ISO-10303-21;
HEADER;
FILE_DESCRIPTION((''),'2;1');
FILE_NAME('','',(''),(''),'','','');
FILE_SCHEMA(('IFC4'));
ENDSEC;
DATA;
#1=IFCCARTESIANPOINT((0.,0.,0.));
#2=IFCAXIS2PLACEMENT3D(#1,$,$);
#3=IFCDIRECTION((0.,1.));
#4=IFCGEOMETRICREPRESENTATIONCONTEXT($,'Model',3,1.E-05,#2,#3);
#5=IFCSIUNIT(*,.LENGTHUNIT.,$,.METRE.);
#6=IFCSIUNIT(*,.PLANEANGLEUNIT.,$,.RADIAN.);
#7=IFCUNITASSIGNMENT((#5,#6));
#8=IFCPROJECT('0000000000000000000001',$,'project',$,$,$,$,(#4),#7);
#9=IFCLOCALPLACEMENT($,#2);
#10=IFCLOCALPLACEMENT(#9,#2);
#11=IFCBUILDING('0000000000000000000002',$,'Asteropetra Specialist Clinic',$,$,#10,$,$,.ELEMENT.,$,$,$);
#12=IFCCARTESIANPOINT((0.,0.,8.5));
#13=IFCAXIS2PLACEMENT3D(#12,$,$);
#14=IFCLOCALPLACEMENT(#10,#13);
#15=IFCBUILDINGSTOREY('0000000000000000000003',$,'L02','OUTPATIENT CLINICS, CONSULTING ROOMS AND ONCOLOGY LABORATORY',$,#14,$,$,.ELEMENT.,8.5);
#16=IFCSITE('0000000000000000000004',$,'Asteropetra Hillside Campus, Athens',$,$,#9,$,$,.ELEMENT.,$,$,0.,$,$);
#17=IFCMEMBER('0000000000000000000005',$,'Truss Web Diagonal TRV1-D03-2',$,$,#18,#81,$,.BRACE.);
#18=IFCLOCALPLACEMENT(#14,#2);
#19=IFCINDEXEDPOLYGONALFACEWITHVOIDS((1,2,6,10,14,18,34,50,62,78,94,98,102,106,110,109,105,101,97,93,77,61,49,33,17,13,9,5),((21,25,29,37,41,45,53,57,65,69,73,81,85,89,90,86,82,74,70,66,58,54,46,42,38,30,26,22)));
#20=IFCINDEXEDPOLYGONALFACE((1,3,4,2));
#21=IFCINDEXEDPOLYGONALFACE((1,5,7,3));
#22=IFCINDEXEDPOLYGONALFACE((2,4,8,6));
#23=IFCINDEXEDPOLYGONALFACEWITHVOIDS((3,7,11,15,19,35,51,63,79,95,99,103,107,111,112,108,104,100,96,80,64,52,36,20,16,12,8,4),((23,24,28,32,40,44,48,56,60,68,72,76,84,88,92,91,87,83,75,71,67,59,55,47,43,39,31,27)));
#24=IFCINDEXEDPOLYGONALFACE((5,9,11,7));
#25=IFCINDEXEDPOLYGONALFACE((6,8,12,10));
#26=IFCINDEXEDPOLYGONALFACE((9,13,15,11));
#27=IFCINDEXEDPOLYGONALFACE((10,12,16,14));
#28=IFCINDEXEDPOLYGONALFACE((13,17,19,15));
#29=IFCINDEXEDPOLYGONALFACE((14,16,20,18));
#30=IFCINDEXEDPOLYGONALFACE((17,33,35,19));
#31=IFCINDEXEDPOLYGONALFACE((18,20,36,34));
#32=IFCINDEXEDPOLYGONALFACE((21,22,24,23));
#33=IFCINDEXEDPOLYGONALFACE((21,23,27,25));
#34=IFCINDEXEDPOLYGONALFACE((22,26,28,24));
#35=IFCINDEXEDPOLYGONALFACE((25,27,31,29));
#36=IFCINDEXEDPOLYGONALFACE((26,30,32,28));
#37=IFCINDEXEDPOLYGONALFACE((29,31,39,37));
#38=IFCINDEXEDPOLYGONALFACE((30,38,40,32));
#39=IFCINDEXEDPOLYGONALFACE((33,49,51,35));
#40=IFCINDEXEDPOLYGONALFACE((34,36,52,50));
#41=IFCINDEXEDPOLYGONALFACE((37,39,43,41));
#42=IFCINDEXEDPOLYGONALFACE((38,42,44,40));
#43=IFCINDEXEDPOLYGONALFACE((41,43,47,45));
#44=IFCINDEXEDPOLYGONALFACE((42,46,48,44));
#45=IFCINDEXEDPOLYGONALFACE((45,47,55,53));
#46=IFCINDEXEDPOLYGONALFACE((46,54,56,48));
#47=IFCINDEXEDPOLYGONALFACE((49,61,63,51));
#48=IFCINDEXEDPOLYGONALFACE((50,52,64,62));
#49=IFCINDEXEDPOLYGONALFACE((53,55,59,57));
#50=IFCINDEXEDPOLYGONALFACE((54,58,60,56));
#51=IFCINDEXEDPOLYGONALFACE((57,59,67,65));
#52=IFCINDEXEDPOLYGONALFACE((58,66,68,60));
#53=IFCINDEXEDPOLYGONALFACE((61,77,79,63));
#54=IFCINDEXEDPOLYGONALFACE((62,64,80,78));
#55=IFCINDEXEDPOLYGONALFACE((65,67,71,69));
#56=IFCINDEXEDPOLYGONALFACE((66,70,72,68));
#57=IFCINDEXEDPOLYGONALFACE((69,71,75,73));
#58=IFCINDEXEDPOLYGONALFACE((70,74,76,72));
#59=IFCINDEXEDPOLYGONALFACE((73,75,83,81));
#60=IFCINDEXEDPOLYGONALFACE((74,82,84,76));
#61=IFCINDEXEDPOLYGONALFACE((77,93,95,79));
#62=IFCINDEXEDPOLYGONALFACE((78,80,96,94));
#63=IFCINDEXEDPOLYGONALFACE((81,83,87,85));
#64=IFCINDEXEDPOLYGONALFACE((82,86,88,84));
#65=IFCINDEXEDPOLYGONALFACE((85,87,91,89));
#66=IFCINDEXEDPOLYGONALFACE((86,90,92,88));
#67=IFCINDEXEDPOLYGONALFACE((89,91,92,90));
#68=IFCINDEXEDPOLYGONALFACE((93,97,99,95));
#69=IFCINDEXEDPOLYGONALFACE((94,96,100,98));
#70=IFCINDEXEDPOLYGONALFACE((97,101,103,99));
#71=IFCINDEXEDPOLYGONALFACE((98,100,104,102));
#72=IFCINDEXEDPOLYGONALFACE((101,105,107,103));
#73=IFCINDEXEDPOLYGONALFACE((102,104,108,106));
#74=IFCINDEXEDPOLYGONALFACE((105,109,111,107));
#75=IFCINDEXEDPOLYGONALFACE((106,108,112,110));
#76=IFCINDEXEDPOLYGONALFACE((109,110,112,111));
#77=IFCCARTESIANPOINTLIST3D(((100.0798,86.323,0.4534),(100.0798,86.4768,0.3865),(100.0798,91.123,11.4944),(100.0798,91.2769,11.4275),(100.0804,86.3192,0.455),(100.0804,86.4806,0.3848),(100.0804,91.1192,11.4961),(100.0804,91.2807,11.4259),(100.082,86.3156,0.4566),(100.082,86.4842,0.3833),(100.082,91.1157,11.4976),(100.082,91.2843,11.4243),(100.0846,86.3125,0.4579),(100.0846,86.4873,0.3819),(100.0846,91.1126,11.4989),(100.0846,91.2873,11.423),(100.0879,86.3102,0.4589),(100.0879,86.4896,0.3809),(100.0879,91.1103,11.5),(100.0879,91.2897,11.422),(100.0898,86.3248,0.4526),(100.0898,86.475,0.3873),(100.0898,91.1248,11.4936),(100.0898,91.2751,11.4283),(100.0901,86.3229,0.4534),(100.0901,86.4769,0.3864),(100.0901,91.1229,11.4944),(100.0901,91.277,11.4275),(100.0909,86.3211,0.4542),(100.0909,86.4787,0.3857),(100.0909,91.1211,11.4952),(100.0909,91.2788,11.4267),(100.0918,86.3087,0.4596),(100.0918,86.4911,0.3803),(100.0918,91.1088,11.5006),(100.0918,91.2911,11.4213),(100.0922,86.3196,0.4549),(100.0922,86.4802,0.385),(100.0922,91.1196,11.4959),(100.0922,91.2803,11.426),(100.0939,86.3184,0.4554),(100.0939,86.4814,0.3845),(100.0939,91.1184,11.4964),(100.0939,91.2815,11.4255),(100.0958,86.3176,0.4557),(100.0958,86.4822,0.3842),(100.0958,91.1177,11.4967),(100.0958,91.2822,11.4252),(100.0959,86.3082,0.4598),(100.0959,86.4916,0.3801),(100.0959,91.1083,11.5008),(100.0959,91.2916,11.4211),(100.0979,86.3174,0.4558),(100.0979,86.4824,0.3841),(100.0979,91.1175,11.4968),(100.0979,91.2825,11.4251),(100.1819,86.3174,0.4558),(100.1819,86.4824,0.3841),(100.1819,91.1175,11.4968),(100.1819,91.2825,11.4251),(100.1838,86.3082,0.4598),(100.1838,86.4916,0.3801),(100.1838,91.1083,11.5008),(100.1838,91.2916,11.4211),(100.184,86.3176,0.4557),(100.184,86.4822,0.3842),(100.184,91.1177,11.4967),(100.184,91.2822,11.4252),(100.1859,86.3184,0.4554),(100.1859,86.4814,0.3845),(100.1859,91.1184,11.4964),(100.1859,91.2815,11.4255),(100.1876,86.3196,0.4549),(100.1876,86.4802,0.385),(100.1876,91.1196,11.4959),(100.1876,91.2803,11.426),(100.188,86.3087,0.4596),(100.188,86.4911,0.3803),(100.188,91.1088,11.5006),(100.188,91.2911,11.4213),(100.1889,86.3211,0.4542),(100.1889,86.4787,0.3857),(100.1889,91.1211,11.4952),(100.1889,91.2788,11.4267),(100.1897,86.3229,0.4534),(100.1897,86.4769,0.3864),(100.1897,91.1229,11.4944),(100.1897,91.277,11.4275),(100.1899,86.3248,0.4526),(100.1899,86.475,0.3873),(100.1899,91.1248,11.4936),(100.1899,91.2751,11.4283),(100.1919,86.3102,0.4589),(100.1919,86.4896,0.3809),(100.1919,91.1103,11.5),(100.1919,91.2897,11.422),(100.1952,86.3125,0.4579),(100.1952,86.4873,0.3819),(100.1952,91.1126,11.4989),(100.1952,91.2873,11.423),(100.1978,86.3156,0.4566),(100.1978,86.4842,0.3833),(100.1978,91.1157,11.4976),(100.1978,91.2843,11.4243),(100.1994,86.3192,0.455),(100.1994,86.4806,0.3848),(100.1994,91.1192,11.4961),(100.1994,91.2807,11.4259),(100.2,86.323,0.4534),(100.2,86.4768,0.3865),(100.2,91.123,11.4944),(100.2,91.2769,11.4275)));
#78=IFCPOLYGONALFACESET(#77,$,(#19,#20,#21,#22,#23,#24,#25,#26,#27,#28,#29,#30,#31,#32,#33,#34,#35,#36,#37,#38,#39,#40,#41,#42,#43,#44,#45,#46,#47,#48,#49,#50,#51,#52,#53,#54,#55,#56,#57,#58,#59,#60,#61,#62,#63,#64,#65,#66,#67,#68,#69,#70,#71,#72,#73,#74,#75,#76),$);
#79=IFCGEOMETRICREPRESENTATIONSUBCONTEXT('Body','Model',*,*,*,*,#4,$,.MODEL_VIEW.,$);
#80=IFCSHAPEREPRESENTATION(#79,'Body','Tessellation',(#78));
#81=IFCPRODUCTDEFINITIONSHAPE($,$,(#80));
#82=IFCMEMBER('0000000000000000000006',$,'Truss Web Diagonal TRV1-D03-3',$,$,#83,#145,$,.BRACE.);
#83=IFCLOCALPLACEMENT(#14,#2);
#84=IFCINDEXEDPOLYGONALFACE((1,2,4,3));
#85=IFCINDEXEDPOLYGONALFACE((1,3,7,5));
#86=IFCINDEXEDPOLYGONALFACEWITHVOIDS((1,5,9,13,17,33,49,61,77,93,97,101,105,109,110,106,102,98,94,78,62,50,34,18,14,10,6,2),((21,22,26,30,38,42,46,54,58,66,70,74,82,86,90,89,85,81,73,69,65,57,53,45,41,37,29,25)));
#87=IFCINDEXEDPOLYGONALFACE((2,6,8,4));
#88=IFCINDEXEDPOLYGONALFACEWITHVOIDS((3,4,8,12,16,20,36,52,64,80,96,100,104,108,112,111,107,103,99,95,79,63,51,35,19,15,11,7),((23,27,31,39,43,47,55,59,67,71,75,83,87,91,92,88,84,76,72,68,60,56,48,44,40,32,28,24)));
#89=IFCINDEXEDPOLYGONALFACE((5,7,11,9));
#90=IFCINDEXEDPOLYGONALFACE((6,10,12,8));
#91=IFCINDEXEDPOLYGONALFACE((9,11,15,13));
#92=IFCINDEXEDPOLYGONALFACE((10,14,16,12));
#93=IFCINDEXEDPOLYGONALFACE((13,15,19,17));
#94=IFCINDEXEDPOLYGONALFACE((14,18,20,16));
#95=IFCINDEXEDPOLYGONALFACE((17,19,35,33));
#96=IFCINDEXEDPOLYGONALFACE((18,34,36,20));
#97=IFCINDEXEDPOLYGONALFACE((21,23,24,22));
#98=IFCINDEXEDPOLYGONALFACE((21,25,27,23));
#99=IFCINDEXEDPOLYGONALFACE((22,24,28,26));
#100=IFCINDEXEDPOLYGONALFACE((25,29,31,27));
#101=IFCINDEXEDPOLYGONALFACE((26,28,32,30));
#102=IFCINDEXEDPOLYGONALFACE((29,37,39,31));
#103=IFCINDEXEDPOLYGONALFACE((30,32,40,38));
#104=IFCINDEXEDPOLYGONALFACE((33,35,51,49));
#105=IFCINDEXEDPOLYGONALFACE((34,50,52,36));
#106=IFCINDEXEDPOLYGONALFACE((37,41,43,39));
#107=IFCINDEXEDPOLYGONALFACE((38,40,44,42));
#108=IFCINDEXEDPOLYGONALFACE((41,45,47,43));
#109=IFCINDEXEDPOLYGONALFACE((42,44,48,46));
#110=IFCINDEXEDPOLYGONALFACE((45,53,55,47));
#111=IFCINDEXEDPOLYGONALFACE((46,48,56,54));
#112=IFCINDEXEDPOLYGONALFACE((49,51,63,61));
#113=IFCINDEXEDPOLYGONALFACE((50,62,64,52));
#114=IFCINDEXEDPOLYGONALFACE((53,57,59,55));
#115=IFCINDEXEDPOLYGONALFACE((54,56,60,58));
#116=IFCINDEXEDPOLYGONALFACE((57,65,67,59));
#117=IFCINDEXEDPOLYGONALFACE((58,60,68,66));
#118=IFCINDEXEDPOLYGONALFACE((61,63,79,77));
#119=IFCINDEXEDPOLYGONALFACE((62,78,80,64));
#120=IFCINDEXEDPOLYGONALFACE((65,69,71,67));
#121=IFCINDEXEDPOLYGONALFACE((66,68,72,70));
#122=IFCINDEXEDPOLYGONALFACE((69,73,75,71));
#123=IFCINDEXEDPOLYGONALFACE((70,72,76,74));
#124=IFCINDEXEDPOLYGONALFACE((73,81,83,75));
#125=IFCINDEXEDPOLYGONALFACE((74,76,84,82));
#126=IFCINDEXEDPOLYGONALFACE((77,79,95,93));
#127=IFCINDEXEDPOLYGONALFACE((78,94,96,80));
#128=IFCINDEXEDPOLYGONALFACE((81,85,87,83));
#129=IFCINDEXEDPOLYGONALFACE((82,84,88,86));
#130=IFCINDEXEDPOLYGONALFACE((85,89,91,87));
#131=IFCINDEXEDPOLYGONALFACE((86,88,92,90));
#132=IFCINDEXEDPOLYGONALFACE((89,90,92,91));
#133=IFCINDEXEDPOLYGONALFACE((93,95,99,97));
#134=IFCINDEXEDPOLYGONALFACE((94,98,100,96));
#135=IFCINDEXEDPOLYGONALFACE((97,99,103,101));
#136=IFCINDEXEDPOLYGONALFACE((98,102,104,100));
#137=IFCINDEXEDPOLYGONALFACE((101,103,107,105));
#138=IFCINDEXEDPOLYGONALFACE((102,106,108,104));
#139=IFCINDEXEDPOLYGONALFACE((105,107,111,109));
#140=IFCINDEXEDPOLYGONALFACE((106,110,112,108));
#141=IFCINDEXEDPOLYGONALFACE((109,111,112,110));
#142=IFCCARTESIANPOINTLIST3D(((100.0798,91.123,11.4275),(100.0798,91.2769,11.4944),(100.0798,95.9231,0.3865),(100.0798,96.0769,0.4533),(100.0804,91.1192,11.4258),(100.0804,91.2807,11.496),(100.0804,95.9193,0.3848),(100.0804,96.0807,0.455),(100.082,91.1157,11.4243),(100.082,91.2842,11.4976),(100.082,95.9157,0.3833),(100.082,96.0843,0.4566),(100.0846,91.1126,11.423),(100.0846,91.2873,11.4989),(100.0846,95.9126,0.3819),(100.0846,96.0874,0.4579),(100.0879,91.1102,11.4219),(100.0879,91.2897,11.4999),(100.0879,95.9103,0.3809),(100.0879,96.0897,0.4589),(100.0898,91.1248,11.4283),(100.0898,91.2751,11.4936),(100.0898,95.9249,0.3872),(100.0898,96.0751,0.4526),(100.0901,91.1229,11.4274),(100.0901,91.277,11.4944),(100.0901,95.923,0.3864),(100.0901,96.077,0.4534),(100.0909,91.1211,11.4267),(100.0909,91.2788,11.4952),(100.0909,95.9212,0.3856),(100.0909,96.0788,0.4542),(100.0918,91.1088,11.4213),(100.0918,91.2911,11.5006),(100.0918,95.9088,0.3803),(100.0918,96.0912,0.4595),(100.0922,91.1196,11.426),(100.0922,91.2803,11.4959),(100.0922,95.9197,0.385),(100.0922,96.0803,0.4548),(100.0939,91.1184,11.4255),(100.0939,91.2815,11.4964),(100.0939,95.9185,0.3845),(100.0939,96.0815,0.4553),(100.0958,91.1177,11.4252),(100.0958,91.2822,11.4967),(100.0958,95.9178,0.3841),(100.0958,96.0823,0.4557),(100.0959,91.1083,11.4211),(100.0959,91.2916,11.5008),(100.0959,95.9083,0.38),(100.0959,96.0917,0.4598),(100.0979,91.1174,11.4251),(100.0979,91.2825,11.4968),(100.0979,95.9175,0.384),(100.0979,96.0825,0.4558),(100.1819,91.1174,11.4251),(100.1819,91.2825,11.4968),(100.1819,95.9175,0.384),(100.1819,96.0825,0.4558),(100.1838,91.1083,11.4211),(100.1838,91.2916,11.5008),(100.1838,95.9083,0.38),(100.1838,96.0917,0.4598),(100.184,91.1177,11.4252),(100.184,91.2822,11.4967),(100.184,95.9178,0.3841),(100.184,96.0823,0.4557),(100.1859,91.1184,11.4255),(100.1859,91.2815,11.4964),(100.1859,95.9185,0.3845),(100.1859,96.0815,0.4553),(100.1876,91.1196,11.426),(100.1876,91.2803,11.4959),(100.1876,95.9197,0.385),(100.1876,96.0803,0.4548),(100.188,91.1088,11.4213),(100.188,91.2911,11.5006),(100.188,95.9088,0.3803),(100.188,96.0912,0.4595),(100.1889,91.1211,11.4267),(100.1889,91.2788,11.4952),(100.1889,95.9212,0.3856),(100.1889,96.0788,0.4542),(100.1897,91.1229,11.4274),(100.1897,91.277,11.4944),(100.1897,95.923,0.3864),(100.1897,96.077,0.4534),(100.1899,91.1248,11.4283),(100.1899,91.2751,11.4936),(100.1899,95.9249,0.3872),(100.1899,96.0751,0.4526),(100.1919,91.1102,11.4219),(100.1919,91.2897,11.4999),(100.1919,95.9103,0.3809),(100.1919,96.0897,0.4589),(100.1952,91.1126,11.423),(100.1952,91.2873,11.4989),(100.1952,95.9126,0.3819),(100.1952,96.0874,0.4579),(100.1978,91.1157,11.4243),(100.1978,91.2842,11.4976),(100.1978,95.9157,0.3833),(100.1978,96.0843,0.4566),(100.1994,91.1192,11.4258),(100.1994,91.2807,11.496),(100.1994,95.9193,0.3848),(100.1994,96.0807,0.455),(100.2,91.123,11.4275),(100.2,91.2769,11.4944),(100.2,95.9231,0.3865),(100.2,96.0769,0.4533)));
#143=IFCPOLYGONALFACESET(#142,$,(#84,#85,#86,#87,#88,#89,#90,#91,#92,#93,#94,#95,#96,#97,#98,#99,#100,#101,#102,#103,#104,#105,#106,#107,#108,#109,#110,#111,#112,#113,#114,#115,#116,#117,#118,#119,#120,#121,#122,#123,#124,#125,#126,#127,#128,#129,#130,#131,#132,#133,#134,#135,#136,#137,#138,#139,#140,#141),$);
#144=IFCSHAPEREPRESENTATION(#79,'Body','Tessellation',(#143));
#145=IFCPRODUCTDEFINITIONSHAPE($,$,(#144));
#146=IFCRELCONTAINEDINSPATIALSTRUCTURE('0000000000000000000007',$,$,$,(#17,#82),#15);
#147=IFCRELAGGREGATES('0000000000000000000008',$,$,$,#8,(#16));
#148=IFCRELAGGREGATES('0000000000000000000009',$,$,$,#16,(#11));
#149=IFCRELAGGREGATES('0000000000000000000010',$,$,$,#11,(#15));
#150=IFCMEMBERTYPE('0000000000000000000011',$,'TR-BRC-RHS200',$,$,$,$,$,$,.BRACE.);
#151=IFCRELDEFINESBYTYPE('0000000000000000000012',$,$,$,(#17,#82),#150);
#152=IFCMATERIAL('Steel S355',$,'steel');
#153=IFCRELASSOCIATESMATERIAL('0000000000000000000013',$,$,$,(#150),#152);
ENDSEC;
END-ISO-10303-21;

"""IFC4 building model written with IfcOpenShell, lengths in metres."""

from ifc_helpers import new_model, si_unit, direction, frame, origin, origin_2d, place, context, subcontext, project, spatial, hollow_rectangle, extrude, material, material_profile, profile_set, type_object, element, save


model = new_model("IFC4")

# Units and contexts
model_context = context("Model", 3, precision=1e-05, world=origin(), true_north=direction((0.0, 1.0)))
body_context = subcontext(model_context, "Body", "Model", "MODEL_VIEW")
ifc_project = project(units=[si_unit("LENGTHUNIT", "METRE"), si_unit("PLANEANGLEUNIT", "RADIAN")], contexts=[model_context])

# Site, building, storey
site_placement = place(None, origin())
site = spatial("IfcSite", under=ifc_project, at=site_placement, Name="Asteropetra Hillside Campus, Athens", CompositionType="ELEMENT", RefElevation=0.0)
building_placement = place(site_placement, origin())
building = spatial("IfcBuilding", under=site, at=building_placement, Name="Asteropetra Specialist Clinic", CompositionType="ELEMENT")
storey_placement = place(building_placement, frame((0.0, 0.0, 8.5)))
storey = spatial("IfcBuildingStorey", under=building, at=storey_placement, Name="L02", Description="OUTPATIENT CLINICS, CONSULTING ROOMS AND ONCOLOGY LABORATORY", CompositionType="ELEMENT", Elevation=8.5)

# Members
ifc_material_1 = material(Name="Steel S355", Category="steel")
ifc_material_profile_1 = material_profile(ifc_material_1, hollow_rectangle(XDim=0.1201, YDim=0.2, WallThickness=0.01, InnerFilletRadius=0.0081, OuterFilletRadius=0.0161, at=origin_2d()), Name="RHS 200x120x10.0")
ifc_profile_set_1 = profile_set([ifc_material_profile_1], Name="Steel S355")
member_type_1 = type_object("IfcMemberType", Name="TR-BRC-RHS200", PredefinedType="BRACE", material=ifc_profile_set_1)
for number, where, z_axis, x_axis, name in (
    (1, (100.1399, 86.3999, 0.4199), (0.0, 0.398699, 0.917082), (-1.0, 0.0, 0.0), "Truss Web Diagonal TRV1-D03-2"),
    (2, (100.1399, 91.2, 11.4609), (0.0, 0.398699, -0.917082), (-1.0, 0.0, 0.0), "Truss Web Diagonal TRV1-D03-3"),
):
    element("IfcMember", number, at=place(storey_placement, frame(where, z_axis=z_axis, x_axis=x_axis)), inside=storey, type_object=member_type_1, Name=name, PredefinedType="BRACE", context=body_context, shape_type="SweptSolid", body=[
        extrude(hollow_rectangle(XDim=0.1201, YDim=0.2, WallThickness=0.01, InnerFilletRadius=0.0081, OuterFilletRadius=0.0161, at=origin_2d()), origin(), (0.0, 0.0, 1.0), 12.0393),
    ])

save(model, "model.ifc")
